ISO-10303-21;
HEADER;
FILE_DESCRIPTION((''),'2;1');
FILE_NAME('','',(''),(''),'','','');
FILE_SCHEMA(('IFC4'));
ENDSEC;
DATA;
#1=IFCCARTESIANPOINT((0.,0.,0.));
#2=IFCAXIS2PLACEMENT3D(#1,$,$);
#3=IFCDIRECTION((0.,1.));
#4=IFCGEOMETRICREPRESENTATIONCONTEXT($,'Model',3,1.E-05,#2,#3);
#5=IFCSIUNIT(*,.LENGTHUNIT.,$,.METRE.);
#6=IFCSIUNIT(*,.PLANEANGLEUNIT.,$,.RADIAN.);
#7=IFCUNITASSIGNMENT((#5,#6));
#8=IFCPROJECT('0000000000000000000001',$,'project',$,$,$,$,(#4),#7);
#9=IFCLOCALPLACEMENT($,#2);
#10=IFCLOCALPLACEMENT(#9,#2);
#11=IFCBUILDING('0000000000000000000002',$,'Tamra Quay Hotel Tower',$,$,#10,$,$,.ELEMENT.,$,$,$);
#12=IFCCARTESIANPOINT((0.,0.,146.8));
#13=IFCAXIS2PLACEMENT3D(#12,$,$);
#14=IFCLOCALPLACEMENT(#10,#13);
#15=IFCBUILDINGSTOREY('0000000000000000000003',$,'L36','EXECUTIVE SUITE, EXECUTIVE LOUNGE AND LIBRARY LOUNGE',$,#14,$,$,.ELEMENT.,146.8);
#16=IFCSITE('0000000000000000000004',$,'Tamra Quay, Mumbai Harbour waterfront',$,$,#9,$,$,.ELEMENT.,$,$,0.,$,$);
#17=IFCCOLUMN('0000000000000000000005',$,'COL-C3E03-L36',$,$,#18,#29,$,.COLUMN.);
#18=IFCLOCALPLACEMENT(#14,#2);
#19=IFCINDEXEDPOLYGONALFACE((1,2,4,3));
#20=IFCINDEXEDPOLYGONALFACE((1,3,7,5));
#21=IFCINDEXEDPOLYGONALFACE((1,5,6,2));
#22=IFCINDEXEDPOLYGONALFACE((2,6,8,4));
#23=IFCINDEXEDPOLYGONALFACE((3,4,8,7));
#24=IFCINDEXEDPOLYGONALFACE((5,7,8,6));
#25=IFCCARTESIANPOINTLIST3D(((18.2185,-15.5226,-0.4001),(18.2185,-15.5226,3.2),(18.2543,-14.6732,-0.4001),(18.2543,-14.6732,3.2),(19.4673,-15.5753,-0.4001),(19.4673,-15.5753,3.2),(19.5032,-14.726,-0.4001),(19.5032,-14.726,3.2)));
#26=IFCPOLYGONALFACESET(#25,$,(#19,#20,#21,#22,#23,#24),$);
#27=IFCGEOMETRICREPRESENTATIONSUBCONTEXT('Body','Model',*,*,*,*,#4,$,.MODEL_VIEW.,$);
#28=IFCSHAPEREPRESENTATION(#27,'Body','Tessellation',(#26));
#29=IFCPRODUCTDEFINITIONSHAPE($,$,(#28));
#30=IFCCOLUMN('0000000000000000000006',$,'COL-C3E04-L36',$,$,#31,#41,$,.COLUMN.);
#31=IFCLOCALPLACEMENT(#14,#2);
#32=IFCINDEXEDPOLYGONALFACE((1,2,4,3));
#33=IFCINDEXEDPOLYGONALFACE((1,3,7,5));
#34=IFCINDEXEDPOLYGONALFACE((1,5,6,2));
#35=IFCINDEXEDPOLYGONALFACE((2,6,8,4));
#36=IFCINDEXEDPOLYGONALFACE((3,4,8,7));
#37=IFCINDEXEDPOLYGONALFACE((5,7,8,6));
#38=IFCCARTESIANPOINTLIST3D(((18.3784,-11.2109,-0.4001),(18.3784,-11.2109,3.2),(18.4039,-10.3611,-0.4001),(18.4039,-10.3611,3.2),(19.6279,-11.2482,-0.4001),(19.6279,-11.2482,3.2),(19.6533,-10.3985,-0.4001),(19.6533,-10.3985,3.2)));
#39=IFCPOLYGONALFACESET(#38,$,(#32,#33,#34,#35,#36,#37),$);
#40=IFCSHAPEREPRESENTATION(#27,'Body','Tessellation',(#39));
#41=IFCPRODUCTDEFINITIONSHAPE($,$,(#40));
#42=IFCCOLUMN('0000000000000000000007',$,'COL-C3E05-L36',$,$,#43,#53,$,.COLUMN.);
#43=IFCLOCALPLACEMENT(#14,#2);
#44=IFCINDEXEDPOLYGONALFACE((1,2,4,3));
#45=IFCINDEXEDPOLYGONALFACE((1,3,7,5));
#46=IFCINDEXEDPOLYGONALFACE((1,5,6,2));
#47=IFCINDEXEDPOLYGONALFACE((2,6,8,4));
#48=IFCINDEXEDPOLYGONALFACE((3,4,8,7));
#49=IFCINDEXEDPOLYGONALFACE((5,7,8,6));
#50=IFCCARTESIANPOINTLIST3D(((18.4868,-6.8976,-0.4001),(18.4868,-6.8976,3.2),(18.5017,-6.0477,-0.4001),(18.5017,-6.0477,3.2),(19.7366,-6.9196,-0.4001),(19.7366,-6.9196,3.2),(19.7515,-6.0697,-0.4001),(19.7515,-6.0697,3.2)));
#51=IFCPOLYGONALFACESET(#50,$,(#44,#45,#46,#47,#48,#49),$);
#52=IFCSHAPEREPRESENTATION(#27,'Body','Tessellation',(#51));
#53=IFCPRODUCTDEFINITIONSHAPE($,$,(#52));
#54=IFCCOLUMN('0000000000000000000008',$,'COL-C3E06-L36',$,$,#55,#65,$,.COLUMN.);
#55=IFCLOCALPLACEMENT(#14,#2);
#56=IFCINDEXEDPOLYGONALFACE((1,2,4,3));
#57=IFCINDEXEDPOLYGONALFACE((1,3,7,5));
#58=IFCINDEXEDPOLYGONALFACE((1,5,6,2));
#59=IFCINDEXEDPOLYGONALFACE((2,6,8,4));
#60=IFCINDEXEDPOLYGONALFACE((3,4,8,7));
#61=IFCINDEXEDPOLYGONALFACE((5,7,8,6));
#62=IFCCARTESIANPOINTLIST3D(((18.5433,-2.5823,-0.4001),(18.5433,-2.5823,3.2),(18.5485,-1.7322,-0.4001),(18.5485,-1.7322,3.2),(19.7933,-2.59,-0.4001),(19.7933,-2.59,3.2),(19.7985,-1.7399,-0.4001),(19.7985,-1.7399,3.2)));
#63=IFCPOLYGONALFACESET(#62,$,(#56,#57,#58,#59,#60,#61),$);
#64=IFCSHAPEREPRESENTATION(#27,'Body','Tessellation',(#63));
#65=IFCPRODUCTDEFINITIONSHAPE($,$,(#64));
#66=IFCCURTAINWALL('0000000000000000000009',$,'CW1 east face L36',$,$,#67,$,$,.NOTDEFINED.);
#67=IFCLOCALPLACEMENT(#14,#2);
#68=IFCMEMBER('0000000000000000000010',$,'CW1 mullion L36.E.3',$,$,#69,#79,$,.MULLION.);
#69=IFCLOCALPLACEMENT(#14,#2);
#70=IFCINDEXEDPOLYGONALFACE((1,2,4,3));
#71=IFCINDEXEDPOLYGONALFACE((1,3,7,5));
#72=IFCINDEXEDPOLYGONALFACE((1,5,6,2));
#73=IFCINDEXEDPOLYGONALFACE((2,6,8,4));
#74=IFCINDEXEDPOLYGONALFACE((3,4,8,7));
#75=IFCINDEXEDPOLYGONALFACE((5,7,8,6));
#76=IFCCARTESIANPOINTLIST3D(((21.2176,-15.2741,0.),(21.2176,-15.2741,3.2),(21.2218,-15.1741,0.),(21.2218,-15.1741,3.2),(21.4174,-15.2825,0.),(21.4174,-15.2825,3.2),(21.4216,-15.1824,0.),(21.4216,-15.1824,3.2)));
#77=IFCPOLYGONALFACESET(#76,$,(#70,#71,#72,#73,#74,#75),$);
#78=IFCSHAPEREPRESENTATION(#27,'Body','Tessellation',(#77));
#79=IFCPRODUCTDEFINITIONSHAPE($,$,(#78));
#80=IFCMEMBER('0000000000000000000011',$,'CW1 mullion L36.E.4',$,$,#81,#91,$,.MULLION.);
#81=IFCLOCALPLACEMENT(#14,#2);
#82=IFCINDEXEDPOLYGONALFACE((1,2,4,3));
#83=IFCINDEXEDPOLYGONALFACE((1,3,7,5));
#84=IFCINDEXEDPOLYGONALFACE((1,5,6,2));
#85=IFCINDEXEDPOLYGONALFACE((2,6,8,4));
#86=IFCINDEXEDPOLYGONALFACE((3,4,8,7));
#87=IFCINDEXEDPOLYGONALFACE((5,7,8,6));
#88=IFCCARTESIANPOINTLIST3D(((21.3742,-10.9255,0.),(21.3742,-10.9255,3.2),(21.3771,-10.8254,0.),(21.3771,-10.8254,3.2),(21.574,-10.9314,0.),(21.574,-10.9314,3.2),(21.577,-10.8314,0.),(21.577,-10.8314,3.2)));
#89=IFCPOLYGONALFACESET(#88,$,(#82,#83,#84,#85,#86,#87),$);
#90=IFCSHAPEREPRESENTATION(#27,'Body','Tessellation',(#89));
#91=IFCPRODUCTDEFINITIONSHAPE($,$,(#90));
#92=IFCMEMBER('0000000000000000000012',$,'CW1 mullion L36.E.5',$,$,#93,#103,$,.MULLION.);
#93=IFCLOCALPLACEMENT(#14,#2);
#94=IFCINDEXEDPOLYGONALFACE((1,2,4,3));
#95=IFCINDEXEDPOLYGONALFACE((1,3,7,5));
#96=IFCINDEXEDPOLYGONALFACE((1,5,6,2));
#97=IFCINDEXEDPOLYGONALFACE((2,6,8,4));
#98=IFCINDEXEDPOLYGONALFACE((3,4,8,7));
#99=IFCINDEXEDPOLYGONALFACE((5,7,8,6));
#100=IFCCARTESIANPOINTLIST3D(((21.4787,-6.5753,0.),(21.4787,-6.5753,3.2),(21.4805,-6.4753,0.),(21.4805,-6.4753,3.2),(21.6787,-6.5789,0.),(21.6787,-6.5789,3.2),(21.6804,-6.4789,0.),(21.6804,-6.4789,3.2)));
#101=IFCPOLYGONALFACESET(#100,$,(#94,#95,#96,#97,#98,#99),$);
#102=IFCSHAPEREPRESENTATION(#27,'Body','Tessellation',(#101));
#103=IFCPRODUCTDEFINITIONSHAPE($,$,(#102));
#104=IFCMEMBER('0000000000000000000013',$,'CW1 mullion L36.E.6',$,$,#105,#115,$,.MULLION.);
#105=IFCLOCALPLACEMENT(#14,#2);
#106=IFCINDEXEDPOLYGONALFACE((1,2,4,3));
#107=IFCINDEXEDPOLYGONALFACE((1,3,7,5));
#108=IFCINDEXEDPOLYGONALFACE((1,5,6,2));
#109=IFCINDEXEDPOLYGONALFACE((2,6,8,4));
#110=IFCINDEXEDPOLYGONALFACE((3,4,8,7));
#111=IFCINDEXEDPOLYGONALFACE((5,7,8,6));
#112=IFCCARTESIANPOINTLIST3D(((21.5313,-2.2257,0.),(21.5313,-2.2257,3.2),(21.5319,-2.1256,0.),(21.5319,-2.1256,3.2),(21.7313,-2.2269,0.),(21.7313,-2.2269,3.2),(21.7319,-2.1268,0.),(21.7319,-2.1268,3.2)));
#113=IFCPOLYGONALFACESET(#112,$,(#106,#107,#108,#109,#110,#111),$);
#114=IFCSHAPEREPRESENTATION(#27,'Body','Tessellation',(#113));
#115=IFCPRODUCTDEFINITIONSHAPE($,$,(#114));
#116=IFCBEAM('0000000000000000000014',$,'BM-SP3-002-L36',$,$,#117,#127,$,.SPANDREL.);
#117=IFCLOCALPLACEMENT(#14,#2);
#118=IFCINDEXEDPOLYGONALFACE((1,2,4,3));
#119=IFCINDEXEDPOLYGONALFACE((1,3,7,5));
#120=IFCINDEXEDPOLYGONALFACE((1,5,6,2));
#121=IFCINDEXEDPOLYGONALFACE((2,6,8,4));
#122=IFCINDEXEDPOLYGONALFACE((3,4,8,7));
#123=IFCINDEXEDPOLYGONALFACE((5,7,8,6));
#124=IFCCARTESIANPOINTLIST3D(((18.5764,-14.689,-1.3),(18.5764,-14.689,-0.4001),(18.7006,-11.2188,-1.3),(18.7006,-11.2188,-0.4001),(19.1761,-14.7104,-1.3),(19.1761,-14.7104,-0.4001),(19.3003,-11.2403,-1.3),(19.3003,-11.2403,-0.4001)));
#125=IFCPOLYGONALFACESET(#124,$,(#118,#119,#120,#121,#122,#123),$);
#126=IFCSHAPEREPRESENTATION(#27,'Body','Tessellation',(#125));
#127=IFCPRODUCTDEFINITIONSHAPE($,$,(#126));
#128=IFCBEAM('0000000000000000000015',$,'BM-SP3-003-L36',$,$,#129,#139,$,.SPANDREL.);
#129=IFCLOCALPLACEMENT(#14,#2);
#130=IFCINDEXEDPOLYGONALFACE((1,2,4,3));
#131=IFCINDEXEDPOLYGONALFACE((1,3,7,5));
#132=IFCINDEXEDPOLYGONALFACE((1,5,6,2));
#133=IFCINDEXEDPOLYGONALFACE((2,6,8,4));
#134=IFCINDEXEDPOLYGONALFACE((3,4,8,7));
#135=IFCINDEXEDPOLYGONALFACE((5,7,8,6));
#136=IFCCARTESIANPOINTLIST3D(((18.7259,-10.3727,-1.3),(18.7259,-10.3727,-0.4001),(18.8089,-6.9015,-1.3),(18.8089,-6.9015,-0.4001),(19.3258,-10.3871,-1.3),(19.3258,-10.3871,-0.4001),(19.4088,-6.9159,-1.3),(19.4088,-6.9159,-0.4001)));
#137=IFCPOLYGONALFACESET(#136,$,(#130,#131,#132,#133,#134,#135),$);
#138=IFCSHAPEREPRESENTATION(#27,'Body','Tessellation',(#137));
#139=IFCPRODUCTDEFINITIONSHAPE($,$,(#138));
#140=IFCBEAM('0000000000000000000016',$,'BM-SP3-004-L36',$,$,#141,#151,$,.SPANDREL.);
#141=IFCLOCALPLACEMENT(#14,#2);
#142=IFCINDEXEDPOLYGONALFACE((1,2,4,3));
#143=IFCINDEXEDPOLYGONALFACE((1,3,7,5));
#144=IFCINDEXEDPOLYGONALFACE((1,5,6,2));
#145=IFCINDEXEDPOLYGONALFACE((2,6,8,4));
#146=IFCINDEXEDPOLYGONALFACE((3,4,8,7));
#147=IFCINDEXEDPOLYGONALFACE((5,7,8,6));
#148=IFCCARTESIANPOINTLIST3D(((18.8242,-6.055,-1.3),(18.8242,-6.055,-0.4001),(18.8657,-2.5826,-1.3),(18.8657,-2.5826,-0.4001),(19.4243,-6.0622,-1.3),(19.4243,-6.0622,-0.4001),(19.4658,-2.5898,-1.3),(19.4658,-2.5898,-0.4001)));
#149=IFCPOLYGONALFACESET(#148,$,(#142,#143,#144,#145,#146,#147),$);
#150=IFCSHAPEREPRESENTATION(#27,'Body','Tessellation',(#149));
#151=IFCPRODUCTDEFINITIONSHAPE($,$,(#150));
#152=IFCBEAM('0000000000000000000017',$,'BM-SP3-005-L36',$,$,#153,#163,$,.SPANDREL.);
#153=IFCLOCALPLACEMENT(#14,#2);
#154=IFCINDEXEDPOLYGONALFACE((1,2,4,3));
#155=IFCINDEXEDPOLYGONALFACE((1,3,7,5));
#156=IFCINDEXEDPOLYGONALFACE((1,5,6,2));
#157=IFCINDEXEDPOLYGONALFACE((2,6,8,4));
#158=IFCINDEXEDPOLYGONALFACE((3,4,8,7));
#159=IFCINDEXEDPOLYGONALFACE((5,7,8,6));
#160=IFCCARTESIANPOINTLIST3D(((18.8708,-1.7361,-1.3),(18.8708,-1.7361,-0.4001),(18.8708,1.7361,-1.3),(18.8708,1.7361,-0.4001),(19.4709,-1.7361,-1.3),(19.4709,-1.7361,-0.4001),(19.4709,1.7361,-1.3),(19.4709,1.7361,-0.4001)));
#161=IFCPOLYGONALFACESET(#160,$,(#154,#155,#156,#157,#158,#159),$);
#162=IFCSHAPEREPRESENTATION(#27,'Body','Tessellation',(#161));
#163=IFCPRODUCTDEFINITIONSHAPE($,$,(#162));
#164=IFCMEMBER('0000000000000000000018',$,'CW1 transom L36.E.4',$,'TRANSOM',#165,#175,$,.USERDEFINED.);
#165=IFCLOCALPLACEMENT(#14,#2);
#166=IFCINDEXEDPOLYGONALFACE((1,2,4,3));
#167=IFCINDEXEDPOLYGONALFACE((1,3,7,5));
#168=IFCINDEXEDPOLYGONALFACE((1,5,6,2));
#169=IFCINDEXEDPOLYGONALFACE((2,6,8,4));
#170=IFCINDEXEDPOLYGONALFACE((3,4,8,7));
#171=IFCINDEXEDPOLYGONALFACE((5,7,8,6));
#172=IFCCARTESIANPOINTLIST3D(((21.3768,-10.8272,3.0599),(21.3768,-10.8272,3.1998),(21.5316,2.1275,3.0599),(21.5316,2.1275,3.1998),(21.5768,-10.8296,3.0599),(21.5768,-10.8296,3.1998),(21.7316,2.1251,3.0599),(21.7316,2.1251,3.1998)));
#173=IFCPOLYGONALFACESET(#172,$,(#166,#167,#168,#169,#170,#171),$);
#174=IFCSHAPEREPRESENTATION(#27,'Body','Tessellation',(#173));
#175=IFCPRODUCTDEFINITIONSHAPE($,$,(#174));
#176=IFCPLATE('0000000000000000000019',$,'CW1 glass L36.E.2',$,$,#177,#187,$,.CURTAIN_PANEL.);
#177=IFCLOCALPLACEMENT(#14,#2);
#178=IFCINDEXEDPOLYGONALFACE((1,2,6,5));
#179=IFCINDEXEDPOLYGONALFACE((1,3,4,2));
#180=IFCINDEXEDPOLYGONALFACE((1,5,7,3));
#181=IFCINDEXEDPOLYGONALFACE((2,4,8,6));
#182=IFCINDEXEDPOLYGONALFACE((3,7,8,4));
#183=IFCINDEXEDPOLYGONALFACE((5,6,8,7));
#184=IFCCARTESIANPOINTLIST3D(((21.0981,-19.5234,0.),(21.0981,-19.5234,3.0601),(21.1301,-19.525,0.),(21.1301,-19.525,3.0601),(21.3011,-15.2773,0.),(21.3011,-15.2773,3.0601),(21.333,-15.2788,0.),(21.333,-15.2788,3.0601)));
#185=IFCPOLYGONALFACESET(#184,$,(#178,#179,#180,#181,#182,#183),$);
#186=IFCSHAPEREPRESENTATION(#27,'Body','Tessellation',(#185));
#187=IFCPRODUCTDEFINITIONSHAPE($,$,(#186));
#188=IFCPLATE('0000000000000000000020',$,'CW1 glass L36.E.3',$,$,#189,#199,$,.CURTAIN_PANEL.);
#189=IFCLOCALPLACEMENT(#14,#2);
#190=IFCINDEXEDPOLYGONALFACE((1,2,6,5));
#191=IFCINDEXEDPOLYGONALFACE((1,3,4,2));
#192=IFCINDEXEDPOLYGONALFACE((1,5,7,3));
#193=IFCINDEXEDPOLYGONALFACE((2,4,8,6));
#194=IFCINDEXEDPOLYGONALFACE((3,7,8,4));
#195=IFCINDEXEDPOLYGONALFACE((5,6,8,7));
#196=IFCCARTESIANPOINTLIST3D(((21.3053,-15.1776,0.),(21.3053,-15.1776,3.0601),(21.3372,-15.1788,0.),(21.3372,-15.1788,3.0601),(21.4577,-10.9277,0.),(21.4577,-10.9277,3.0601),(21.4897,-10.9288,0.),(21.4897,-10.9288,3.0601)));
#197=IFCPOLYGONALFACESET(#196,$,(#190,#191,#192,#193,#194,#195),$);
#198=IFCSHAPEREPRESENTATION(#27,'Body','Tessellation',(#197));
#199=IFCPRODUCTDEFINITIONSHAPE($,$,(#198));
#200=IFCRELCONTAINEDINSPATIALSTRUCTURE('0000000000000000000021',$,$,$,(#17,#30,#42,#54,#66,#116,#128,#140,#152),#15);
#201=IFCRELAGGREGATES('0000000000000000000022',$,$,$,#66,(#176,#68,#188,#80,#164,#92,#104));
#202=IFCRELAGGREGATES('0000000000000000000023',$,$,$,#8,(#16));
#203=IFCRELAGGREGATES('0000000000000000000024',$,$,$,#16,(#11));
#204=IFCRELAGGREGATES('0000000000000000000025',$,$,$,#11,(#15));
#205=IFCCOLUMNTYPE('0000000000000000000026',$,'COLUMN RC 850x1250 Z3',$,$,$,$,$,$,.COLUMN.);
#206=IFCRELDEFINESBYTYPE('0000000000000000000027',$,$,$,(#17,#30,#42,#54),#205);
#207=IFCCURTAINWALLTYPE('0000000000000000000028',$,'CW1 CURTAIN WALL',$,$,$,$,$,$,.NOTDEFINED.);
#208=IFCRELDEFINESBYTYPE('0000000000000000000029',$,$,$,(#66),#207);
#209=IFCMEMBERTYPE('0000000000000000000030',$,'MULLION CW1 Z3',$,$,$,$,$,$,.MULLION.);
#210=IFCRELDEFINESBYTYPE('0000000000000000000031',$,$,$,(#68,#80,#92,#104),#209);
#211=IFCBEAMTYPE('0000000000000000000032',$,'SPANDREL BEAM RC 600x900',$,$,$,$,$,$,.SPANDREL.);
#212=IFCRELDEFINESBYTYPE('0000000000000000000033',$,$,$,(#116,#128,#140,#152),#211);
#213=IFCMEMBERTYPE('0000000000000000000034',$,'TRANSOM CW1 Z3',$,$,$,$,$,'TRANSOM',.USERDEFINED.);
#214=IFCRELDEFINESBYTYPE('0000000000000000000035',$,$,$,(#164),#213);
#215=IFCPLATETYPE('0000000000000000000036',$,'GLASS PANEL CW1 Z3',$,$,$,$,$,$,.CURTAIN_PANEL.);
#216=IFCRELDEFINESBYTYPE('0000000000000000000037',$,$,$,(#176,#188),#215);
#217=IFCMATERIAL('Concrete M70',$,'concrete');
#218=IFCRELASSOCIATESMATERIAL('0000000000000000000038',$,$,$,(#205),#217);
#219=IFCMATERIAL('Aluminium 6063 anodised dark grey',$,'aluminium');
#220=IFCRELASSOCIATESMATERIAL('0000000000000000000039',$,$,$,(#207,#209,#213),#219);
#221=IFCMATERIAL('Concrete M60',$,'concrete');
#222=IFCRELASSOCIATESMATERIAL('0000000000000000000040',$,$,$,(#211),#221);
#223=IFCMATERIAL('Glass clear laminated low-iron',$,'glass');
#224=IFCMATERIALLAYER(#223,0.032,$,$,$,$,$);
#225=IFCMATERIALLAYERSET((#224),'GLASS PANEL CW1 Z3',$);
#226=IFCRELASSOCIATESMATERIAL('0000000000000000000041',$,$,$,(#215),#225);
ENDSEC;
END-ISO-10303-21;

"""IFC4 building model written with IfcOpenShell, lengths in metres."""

from ifc_helpers import new_model, si_unit, direction, frame, origin, origin_2d, place, context, subcontext, project, spatial, rectangle, extrude, material, layer, layer_set, material_profile, profile_set, type_object, element, aggregate, save


model = new_model("IFC4")

# Units and contexts
model_context = context("Model", 3, precision=1e-05, world=origin(), true_north=direction((0.0, 1.0)))
body_context = subcontext(model_context, "Body", "Model", "MODEL_VIEW")
ifc_project = project(units=[si_unit("LENGTHUNIT", "METRE"), si_unit("PLANEANGLEUNIT", "RADIAN")], contexts=[model_context])

# Site, building, storey
site_placement = place(None, origin())
site = spatial("IfcSite", under=ifc_project, at=site_placement, Name="Tamra Quay, Mumbai Harbour waterfront", CompositionType="ELEMENT", RefElevation=0.0)
building_placement = place(site_placement, origin())
building = spatial("IfcBuilding", under=site, at=building_placement, Name="Tamra Quay Hotel Tower", CompositionType="ELEMENT")
storey_placement = place(building_placement, frame((0.0, 0.0, 146.8)))
storey = spatial("IfcBuildingStorey", under=building, at=storey_placement, Name="L36", Description="EXECUTIVE SUITE, EXECUTIVE LOUNGE AND LIBRARY LOUNGE", CompositionType="ELEMENT", Elevation=146.8)

# Columns
ifc_material_1 = material(Name="Concrete M70", Category="concrete")
ifc_material_profile_1 = material_profile(ifc_material_1, rectangle(XDim=1.25, YDim=0.8501, at=origin_2d()), Name="COLUMN RC 850x1250 Z3")
ifc_profile_set_1 = profile_set([ifc_material_profile_1], Name="Concrete M70")
column_type = type_object("IfcColumnType", Name="COLUMN RC 850x1250 Z3", PredefinedType="COLUMN", material=ifc_profile_set_1)
for number, where, z_axis, x_axis, name in (
    (1, (18.8608, -15.1243, -0.4001), (0.0, 0.0, 1.0), (-0.999109, 0.042202, 0.0), "COL-C3E03-L36"),
    (2, (19.0159, -10.8047, -0.4001), (0.0, 0.0, 1.0), (-0.999553, 0.029907, 0.0), "COL-C3E04-L36"),
    (3, (19.1191, -6.4836, -0.4001), (0.0, 0.0, 1.0), (-0.999845, 0.017597, 0.0), "COL-C3E05-L36"),
    (4, (19.1709, -2.1611, -0.4001), (0.0, 0.0, 1.0), (-0.999981, 0.006159, 0.0), "COL-C3E06-L36"),
):
    element("IfcColumn", number, at=place(storey_placement, frame(where, z_axis=z_axis, x_axis=x_axis)), inside=storey, type_object=column_type, Name=name, PredefinedType="COLUMN", context=body_context, shape_type="SweptSolid", body=[
        extrude(rectangle(XDim=1.25, YDim=0.8501, at=origin_2d()), origin(), (0.0, 0.0, 1.0), 3.6001),
    ])

# Curtain wall, members
ifc_material_2 = material(Name="Aluminium 6063 anodised dark grey", Category="aluminium")
curtain_wall_type = type_object("IfcCurtainWallType", Name="CW1 CURTAIN WALL", PredefinedType="NOTDEFINED", material=ifc_material_2)
curtain_wall_placement = place(storey_placement, origin())
curtain_wall = element("IfcCurtainWall", 5, at=curtain_wall_placement, inside=storey, type_object=curtain_wall_type, Name="CW1 east face L36", PredefinedType="NOTDEFINED")
ifc_material_profile_2 = material_profile(ifc_material_2, rectangle(XDim=0.2, YDim=0.1001, at=origin_2d()), Name="MULLION 100X200")
ifc_profile_set_2 = profile_set([ifc_material_profile_2], Name="Aluminium 6063 anodised dark grey")
member_type_1 = type_object("IfcMemberType", Name="MULLION CW1 Z3", PredefinedType="MULLION", material=ifc_profile_set_2)
member_1_placement = place(storey_placement, frame((21.3196, -15.2283, 0.0), z_axis=(0.0, 0.0, 1.0), x_axis=(0.999126, -0.041797, 0.0)))
member_1 = element("IfcMember", 6, at=member_1_placement, type_object=member_type_1, Name="CW1 mullion L36.E.3", PredefinedType="MULLION", context=body_context, shape_type="SweptSolid", body=[
    extrude(rectangle(XDim=0.2, YDim=0.1001, at=origin_2d()), origin(), (0.0, 0.0, 1.0), 3.2),
])
member_2_placement = place(storey_placement, frame((21.4756, -10.8784, 0.0), z_axis=(0.0, 0.0, 1.0), x_axis=(0.999554, -0.029871, 0.0)))
member_2 = element("IfcMember", 7, at=member_2_placement, type_object=member_type_1, Name="CW1 mullion L36.E.4", PredefinedType="MULLION", context=body_context, shape_type="SweptSolid", body=[
    extrude(rectangle(XDim=0.2, YDim=0.1001, at=origin_2d()), origin(), (0.0, 0.0, 1.0), 3.2),
])
member_3_placement = place(storey_placement, frame((21.5796, -6.5271, 0.0), z_axis=(0.0, 0.0, 1.0), x_axis=(0.999839, -0.017927, 0.0)))
member_3 = element("IfcMember", 8, at=member_3_placement, type_object=member_type_1, Name="CW1 mullion L36.E.5", PredefinedType="MULLION", context=body_context, shape_type="SweptSolid", body=[
    extrude(rectangle(XDim=0.2, YDim=0.1001, at=origin_2d()), origin(), (0.0, 0.0, 1.0), 3.2),
])
member_4_placement = place(storey_placement, frame((21.6316, -2.1763, 0.0), z_axis=(0.0, 0.0, 1.0), x_axis=(0.999982, -0.005979, 0.0)))
member_4 = element("IfcMember", 9, at=member_4_placement, type_object=member_type_1, Name="CW1 mullion L36.E.6", PredefinedType="MULLION", context=body_context, shape_type="SweptSolid", body=[
    extrude(rectangle(XDim=0.2, YDim=0.1001, at=origin_2d()), origin(), (0.0, 0.0, 1.0), 3.2),
])

# Beams
ifc_material_3 = material(Name="Concrete M60", Category="concrete")
ifc_material_profile_3 = material_profile(ifc_material_3, rectangle(XDim=0.6001, YDim=0.8999, at=origin_2d()), Name="SPANDREL BEAM RC 600x900")
ifc_profile_set_3 = profile_set([ifc_material_profile_3], Name="Concrete M60")
beam_type = type_object("IfcBeamType", Name="SPANDREL BEAM RC 600x900", PredefinedType="SPANDREL", material=ifc_profile_set_3)
beam_1_placement = place(storey_placement, frame((18.8762, -14.6997, -0.8501), z_axis=(0.035787, 0.999359, 0.0), x_axis=(-0.999359, 0.035787, 0.0)))
element("IfcBeam", 10, at=beam_1_placement, inside=storey, type_object=beam_type, Name="BM-SP3-002-L36", PredefinedType="SPANDREL", context=body_context, shape_type="SweptSolid", body=[
    extrude(rectangle(XDim=0.6001, YDim=0.8999, at=origin_2d()), origin(), (0.0, 0.0, 1.0), 3.4724),
])
beam_2_placement = place(storey_placement, frame((19.0259, -10.3799, -0.8501), z_axis=(0.023907, 0.999714, 0.0), x_axis=(-0.999714, 0.023907, 0.0)))
element("IfcBeam", 11, at=beam_2_placement, inside=storey, type_object=beam_type, Name="BM-SP3-003-L36", PredefinedType="SPANDREL", context=body_context, shape_type="SweptSolid", body=[
    extrude(rectangle(XDim=0.6001, YDim=0.8999, at=origin_2d()), origin(), (0.0, 0.0, 1.0), 3.4722),
])
beam_3_placement = place(storey_placement, frame((19.1243, -6.0586, -0.8501), z_axis=(0.011952, 0.999929, 0.0), x_axis=(-0.999929, 0.011952, 0.0)))
element("IfcBeam", 12, at=beam_3_placement, inside=storey, type_object=beam_type, Name="BM-SP3-004-L36", PredefinedType="SPANDREL", context=body_context, shape_type="SweptSolid", body=[
    extrude(rectangle(XDim=0.6001, YDim=0.8999, at=origin_2d()), origin(), (0.0, 0.0, 1.0), 3.4727),
])
beam_4_placement = place(storey_placement, frame((19.1709, -1.7361, -0.8501), z_axis=(0.0, 1.0, 0.0), x_axis=(-1.0, 0.0, 0.0)))
element("IfcBeam", 13, at=beam_4_placement, inside=storey, type_object=beam_type, Name="BM-SP3-005-L36", PredefinedType="SPANDREL", context=body_context, shape_type="SweptSolid", body=[
    extrude(rectangle(XDim=0.6001, YDim=0.8999, at=origin_2d()), origin(), (0.0, 0.0, 1.0), 3.4722),
])

# Member
ifc_material_profile_4 = material_profile(ifc_material_2, rectangle(XDim=0.2, YDim=0.1399, at=origin_2d()), Name="TRANSOM 200X140")
ifc_profile_set_4 = profile_set([ifc_material_profile_4], Name="Aluminium 6063 anodised dark grey")
member_type_2 = type_object("IfcMemberType", Name="TRANSOM CW1 Z3", ElementType="TRANSOM", PredefinedType="USERDEFINED", material=ifc_profile_set_4)
member_5_placement = place(storey_placement, frame((21.4768, -10.8284, 3.1299), z_axis=(0.011947, 0.999929, 0.0), x_axis=(-0.999929, 0.011947, 0.0)))
member_5 = element("IfcMember", 14, at=member_5_placement, type_object=member_type_2, Name="CW1 transom L36.E.4", ObjectType="TRANSOM", PredefinedType="USERDEFINED", context=body_context, shape_type="SweptSolid", body=[
    extrude(rectangle(XDim=0.2, YDim=0.1399, at=origin_2d()), origin(), (0.0, 0.0, 1.0), 12.9556),
])

# Plates
ifc_material_4 = material(Name="Glass clear laminated low-iron", Category="glass")
ifc_layer_1 = layer(ifc_material_4, 0.032)
ifc_layer_set_1 = layer_set([ifc_layer_1], Name="GLASS PANEL CW1 Z3")
plate_type = type_object("IfcPlateType", Name="GLASS PANEL CW1 Z3", PredefinedType="CURTAIN_PANEL", material=ifc_layer_set_1)
plate_1_placement = place(storey_placement, frame((21.2156, -17.4011, 0.0), z_axis=(0.0, 0.0, 1.0), x_axis=(0.047747, 0.998859, 0.0)))
plate_1 = element("IfcPlate", 15, at=plate_1_placement, type_object=plate_type, Name="CW1 glass L36.E.2", PredefinedType="CURTAIN_PANEL", context=body_context, shape_type="SweptSolid", body=[
    extrude(rectangle(XDim=4.251, YDim=0.032, at=origin_2d()), origin(), (0.0, 0.0, 1.0), 3.0601),
])
plate_2_placement = place(storey_placement, frame((21.3975, -13.0532, 0.0), z_axis=(0.0, 0.0, 1.0), x_axis=(0.035845, 0.999357, 0.0)))
plate_2 = element("IfcPlate", 16, at=plate_2_placement, type_object=plate_type, Name="CW1 glass L36.E.3", PredefinedType="CURTAIN_PANEL", context=body_context, shape_type="SweptSolid", body=[
    extrude(rectangle(XDim=4.2527, YDim=0.032, at=origin_2d()), origin(), (0.0, 0.0, 1.0), 3.0601),
])
aggregate(curtain_wall, [plate_1, member_1, plate_2, member_2, member_5, member_3, member_4])

save(model, "model.ifc")
